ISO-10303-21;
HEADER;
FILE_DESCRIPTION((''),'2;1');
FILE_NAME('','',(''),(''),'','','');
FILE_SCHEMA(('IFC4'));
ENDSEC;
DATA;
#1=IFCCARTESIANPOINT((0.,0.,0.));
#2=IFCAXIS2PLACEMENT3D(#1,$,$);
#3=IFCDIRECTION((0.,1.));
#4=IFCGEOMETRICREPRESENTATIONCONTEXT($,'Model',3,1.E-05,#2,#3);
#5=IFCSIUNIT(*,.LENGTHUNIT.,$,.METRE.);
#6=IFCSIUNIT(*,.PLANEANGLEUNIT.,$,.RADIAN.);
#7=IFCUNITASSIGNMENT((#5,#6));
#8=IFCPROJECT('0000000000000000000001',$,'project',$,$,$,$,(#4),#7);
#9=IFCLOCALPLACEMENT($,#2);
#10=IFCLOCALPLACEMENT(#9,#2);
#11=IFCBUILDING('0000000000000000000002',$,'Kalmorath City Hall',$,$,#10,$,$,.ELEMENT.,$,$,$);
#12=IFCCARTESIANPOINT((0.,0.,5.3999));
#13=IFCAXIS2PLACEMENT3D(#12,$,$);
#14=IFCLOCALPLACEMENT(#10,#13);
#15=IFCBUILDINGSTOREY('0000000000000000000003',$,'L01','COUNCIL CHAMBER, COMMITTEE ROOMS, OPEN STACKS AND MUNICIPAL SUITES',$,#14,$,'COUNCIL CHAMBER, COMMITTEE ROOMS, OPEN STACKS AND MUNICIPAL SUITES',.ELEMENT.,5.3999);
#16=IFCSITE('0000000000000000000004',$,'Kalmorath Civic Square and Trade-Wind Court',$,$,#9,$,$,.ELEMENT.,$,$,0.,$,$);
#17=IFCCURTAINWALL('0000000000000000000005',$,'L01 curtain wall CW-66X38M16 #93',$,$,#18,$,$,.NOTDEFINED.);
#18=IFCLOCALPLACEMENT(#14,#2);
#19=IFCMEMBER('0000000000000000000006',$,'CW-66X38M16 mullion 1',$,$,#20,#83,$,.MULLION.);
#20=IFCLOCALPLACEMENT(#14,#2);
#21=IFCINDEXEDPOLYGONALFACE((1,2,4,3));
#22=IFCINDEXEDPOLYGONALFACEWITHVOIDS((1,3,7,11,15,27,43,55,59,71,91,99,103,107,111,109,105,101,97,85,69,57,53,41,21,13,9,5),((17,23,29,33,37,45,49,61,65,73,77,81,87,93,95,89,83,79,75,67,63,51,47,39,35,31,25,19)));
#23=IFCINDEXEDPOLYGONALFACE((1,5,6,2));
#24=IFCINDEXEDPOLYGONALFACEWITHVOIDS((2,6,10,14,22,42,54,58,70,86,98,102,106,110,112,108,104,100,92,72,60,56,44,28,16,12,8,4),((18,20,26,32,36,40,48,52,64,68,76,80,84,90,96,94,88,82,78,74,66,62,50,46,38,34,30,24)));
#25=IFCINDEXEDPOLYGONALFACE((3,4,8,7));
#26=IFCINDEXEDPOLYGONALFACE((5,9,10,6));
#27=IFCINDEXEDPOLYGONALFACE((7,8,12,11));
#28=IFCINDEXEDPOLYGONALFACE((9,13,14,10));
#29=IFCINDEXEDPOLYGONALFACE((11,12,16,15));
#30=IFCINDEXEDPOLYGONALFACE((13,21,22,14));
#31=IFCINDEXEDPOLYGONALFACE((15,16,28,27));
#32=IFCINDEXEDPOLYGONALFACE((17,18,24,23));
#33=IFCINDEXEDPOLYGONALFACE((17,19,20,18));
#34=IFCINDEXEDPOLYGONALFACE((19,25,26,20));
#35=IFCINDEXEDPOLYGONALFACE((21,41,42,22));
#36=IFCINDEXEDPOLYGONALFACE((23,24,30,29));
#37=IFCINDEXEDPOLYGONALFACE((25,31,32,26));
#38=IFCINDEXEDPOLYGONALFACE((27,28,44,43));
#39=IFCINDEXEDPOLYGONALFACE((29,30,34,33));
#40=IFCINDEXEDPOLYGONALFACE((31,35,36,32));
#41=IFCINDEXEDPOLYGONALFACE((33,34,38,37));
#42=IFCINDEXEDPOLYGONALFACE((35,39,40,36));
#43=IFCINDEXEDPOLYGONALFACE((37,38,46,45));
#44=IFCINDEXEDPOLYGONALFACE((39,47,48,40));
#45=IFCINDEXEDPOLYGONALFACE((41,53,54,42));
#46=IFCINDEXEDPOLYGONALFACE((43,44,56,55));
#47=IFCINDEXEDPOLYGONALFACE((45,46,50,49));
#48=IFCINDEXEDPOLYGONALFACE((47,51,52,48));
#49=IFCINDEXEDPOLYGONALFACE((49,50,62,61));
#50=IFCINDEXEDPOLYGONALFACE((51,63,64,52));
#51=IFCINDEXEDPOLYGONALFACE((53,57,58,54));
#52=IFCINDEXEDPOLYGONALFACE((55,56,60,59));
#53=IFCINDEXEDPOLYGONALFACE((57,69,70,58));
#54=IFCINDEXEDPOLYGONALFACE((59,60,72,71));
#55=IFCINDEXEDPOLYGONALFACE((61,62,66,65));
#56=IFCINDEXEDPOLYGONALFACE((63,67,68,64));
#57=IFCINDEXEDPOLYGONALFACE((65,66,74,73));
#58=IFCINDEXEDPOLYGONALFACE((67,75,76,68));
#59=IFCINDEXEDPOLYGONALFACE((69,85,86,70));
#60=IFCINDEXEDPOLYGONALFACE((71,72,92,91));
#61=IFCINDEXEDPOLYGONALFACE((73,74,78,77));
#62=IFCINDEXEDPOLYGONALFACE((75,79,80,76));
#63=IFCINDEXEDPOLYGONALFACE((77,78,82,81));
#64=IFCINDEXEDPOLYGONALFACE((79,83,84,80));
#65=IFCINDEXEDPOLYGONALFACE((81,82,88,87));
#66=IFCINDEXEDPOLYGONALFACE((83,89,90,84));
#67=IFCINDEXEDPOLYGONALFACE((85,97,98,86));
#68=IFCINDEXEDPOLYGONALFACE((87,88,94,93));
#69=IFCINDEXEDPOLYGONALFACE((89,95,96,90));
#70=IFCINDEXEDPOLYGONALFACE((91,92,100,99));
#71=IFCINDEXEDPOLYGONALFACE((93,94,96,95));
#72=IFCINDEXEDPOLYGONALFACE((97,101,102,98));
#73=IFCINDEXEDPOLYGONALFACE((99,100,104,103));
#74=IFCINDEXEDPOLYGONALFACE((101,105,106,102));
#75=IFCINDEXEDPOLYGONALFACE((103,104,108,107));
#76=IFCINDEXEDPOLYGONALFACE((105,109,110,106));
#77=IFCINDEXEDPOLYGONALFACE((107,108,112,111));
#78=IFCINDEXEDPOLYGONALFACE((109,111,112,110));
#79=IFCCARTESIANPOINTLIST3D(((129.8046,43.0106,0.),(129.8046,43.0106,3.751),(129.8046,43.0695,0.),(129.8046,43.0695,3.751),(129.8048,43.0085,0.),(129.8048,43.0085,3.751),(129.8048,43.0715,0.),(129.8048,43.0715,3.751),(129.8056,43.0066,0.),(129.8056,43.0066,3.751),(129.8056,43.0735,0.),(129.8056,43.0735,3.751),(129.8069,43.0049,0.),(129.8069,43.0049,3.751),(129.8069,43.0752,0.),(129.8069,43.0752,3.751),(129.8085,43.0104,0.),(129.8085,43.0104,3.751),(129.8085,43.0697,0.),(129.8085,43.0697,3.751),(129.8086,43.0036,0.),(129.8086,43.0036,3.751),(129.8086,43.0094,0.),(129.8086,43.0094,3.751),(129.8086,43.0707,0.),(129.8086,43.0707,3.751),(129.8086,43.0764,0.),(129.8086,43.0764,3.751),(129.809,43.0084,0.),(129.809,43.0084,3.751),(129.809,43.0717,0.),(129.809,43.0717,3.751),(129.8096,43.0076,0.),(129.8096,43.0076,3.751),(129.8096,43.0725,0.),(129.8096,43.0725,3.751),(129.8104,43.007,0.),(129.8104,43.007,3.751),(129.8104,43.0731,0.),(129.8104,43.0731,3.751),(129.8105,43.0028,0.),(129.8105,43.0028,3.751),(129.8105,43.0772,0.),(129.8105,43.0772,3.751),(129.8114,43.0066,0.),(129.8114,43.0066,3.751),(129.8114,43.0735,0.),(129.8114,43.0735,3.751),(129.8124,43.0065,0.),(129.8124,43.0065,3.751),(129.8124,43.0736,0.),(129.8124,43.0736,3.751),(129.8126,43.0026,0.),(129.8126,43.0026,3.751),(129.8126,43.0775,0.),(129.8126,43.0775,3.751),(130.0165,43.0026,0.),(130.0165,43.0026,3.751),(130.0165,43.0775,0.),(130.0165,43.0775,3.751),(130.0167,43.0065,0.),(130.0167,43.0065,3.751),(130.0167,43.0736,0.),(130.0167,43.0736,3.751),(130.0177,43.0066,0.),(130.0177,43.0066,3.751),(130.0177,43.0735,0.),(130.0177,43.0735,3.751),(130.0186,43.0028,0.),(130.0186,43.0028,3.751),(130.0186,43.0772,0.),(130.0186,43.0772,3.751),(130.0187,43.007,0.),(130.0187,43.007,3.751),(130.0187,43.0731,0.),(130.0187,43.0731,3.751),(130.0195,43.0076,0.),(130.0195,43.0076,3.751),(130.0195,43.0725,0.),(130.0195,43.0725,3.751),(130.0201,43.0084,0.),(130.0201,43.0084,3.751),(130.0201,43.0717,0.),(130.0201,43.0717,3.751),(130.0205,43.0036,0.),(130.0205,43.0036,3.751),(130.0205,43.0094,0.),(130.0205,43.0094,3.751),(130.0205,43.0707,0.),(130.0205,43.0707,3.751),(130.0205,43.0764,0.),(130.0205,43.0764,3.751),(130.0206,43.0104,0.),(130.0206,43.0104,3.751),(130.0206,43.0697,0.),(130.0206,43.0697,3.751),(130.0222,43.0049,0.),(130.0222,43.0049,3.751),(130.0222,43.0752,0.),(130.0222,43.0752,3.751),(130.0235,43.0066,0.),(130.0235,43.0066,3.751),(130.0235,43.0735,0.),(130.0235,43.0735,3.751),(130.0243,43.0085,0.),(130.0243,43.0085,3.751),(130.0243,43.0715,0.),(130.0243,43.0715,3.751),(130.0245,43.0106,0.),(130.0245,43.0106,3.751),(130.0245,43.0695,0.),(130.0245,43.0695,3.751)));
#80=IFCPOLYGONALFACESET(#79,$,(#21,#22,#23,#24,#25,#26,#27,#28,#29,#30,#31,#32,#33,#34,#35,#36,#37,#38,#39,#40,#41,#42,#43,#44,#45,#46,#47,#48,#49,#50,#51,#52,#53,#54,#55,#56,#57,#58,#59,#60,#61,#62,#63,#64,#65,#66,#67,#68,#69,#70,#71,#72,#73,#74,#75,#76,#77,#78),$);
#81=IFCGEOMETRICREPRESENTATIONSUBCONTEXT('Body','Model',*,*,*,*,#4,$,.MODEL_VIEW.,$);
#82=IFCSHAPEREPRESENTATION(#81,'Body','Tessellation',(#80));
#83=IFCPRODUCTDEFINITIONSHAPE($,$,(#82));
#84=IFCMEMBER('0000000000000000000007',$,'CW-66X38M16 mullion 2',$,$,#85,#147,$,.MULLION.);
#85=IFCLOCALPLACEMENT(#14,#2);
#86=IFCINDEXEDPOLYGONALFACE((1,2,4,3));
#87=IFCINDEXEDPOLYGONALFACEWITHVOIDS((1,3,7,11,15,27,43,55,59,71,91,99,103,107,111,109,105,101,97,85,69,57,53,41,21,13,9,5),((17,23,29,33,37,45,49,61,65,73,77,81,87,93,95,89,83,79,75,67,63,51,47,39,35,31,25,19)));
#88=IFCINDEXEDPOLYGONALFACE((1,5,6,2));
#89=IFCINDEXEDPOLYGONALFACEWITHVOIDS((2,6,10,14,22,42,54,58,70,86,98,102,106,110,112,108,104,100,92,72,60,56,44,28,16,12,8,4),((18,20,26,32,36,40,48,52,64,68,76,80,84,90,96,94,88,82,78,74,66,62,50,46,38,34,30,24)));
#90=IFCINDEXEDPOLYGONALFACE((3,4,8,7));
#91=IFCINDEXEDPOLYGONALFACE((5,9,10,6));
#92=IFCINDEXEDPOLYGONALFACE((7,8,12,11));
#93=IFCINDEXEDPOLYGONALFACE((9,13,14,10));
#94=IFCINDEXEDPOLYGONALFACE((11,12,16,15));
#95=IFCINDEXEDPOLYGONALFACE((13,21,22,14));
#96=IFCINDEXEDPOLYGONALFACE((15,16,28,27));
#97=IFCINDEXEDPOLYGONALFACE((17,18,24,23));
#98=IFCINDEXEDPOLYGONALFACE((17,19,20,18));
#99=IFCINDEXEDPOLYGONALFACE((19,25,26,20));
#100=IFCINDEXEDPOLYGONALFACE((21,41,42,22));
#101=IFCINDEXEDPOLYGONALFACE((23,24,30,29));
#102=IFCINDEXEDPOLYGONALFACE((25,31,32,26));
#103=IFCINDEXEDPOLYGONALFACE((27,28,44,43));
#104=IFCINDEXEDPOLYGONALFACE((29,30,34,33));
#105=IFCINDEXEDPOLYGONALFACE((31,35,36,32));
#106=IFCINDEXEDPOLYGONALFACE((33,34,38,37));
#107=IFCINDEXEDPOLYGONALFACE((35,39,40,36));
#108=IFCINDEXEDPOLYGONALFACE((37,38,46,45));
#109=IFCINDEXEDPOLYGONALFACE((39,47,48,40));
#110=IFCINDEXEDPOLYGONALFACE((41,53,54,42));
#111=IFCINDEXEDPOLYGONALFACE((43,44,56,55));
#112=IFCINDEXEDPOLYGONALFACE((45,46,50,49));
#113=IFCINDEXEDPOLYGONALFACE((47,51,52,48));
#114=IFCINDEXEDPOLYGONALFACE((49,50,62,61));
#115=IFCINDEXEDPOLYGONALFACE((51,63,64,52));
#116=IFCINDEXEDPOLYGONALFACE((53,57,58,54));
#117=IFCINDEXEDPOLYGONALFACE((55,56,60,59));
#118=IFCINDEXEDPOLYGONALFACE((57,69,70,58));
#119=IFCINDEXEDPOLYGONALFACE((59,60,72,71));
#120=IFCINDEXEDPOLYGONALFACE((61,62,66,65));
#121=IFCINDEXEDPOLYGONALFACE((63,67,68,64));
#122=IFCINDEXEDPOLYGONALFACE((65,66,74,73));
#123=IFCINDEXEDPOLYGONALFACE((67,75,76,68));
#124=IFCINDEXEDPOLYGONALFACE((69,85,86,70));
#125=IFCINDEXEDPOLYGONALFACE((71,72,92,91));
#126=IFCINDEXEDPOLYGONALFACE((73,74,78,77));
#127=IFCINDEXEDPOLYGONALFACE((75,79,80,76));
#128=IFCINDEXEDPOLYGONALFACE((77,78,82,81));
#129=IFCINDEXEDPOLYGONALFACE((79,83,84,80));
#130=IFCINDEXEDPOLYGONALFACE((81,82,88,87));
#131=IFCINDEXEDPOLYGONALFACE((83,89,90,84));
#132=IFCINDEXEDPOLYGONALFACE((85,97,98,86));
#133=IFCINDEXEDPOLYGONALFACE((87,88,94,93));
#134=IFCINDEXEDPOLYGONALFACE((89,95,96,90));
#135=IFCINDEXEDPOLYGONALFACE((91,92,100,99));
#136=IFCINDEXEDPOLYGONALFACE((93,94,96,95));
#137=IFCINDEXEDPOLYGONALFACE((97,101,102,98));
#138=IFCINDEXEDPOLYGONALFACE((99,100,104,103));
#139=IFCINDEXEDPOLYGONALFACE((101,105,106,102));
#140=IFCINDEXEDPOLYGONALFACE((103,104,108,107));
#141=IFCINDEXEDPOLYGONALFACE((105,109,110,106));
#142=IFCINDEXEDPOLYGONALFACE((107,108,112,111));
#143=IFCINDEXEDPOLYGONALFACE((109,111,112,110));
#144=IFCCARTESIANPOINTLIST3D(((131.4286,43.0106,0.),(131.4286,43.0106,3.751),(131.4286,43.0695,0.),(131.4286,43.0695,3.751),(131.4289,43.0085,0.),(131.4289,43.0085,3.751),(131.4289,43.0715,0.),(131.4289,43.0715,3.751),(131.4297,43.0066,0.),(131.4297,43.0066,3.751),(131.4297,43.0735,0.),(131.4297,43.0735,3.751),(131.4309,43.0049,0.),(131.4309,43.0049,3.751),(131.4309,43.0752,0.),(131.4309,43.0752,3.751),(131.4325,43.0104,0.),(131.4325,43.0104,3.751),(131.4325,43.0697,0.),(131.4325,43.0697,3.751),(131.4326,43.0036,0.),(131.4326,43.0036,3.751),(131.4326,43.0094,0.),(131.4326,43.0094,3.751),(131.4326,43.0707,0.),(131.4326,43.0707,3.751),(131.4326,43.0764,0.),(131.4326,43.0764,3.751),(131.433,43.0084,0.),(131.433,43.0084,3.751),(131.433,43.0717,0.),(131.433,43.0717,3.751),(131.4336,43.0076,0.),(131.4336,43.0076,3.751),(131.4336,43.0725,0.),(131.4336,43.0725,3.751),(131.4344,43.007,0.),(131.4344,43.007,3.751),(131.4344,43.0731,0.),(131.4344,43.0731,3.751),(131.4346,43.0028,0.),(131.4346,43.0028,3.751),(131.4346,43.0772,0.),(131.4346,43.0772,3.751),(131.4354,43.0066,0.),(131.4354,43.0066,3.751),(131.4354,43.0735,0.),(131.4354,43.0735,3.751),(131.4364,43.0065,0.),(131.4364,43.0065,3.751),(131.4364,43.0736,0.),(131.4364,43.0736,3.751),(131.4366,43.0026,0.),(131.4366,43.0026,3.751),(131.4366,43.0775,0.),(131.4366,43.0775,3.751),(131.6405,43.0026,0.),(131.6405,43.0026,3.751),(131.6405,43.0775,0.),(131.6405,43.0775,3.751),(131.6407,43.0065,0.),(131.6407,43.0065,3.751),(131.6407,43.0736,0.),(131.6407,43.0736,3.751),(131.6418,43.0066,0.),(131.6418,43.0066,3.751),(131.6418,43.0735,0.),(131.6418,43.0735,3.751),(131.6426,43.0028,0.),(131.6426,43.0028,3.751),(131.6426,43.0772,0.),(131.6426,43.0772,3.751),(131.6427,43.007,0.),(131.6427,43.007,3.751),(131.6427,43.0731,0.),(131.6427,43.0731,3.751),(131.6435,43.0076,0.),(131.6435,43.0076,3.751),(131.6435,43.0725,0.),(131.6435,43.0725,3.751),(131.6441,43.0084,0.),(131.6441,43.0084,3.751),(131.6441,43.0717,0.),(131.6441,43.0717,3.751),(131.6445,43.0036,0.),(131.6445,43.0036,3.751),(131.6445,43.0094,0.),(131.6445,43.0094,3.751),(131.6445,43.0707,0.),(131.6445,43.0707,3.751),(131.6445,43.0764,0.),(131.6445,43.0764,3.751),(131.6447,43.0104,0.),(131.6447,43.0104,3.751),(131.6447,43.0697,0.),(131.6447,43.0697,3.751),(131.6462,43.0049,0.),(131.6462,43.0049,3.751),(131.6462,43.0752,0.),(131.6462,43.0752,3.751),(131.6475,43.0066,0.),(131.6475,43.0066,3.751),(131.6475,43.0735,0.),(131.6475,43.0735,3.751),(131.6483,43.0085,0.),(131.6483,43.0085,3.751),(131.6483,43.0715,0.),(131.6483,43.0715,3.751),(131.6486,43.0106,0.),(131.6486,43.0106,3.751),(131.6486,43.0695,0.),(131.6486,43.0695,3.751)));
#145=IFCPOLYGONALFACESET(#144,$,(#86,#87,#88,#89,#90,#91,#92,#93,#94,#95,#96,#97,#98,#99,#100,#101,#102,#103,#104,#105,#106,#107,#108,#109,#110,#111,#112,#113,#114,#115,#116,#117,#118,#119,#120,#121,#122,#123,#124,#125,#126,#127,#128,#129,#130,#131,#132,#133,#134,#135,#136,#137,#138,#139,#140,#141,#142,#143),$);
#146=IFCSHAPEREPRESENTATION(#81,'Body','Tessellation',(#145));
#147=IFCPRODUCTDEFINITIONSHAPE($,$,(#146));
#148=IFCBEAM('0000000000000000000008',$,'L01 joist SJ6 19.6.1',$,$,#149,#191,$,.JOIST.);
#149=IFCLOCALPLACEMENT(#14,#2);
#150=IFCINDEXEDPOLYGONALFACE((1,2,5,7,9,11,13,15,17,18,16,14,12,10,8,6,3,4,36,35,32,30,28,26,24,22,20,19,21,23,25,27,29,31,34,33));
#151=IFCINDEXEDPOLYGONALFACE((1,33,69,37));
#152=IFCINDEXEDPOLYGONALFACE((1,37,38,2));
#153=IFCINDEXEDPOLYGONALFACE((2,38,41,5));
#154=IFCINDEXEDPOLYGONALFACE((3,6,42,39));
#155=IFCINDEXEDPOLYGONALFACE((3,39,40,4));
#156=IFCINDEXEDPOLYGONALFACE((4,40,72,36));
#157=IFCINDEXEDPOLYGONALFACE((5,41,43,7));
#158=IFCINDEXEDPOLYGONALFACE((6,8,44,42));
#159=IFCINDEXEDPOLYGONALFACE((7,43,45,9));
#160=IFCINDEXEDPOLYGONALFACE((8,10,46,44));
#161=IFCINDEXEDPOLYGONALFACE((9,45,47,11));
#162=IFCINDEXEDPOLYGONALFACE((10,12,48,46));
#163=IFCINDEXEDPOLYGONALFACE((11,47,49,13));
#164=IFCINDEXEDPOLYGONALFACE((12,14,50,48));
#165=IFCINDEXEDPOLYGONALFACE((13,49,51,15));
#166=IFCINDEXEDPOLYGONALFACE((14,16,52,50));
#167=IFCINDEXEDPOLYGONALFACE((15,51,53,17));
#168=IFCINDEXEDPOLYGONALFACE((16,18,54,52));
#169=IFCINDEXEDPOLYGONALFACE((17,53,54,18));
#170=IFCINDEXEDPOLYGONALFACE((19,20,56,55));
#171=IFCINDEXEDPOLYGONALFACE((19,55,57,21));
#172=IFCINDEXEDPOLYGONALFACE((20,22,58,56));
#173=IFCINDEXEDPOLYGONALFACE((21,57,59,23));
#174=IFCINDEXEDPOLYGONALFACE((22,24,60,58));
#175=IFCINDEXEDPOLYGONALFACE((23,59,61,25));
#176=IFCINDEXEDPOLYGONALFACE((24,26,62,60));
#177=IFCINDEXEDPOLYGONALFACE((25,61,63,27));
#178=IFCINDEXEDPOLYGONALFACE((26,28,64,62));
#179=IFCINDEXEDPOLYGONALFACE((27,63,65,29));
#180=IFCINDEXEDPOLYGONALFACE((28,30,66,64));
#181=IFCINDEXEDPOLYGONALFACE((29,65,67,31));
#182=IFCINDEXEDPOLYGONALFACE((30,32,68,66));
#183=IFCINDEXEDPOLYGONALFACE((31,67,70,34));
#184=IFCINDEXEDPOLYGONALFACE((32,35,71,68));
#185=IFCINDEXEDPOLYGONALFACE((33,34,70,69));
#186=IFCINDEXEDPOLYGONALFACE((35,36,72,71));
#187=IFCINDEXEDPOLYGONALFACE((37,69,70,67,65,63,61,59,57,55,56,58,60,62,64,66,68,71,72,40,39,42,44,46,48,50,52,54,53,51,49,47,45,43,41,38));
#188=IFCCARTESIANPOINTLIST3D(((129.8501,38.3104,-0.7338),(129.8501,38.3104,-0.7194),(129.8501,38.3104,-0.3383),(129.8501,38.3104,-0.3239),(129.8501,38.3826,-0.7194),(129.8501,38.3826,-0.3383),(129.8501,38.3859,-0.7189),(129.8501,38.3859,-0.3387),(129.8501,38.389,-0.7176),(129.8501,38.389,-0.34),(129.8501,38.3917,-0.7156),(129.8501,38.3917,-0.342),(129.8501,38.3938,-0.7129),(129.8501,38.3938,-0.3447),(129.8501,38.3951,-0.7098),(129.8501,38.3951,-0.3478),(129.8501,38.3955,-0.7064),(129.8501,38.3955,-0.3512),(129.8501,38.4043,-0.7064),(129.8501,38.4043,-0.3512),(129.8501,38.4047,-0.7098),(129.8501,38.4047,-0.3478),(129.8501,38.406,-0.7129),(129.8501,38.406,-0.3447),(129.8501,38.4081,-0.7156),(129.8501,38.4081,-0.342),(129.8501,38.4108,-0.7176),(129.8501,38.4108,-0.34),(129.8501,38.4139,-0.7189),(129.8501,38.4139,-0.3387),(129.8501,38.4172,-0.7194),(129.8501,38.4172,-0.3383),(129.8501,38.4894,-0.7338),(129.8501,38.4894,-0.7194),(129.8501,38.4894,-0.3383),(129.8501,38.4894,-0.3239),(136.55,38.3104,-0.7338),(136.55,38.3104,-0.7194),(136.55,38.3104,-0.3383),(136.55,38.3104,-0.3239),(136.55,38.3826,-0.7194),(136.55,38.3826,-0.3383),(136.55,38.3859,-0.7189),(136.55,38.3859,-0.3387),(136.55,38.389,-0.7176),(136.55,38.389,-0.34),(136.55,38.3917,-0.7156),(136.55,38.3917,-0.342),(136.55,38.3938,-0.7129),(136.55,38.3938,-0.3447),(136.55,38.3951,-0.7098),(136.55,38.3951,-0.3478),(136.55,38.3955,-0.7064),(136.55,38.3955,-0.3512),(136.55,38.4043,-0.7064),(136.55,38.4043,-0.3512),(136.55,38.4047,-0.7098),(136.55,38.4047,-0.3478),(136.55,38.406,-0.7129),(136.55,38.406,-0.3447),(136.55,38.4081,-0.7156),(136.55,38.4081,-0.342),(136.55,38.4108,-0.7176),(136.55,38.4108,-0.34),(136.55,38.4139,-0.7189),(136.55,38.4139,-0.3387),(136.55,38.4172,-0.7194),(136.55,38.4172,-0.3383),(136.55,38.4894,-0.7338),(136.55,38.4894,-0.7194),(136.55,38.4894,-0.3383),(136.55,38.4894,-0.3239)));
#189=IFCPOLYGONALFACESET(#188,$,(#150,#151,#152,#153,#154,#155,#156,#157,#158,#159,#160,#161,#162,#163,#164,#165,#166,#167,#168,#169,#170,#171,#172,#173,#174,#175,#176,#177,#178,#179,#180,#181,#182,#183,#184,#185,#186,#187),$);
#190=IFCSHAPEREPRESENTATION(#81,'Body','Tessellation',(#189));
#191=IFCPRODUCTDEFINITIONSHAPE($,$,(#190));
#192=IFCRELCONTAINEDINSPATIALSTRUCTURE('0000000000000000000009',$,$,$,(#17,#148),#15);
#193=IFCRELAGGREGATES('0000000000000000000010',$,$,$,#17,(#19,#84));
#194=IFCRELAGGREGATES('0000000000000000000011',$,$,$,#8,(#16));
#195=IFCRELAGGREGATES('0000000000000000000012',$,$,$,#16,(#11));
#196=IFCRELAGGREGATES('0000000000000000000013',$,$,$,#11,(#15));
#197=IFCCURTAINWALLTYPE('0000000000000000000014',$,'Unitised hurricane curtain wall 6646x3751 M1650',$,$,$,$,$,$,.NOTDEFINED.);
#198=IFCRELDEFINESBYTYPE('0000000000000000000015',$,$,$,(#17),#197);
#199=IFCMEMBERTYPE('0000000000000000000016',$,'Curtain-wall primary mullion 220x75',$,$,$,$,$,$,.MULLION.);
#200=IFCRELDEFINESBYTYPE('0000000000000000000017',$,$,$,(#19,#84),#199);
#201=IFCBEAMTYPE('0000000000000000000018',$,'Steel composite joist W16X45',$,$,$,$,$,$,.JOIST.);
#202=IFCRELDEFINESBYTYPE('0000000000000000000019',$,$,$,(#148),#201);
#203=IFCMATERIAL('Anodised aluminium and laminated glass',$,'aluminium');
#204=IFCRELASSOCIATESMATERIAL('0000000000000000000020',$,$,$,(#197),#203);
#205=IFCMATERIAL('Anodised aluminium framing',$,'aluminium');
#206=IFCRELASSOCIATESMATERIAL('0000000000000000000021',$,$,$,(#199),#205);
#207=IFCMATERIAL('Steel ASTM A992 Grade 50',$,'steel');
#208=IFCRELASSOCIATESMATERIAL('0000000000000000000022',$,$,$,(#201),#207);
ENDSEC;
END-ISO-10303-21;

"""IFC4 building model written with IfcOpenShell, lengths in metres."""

from ifc_helpers import new_model, si_unit, direction, frame, origin, origin_2d, place, context, subcontext, project, spatial, hollow_rectangle, i_section, extrude, material, material_profile, profile_set, type_object, element, aggregate, save


model = new_model("IFC4")

# Units and contexts
model_context = context("Model", 3, precision=1e-05, world=origin(), true_north=direction((0.0, 1.0)))
body_context = subcontext(model_context, "Body", "Model", "MODEL_VIEW")
ifc_project = project(units=[si_unit("LENGTHUNIT", "METRE"), si_unit("PLANEANGLEUNIT", "RADIAN")], contexts=[model_context])

# Site, building, storey
site_placement = place(None, origin())
site = spatial("IfcSite", under=ifc_project, at=site_placement, Name="Kalmorath Civic Square and Trade-Wind Court", CompositionType="ELEMENT", RefElevation=0.0)
building_placement = place(site_placement, origin())
building = spatial("IfcBuilding", under=site, at=building_placement, Name="Kalmorath City Hall", CompositionType="ELEMENT")
storey_placement = place(building_placement, frame((0.0, 0.0, 5.3999)))
storey = spatial("IfcBuildingStorey", under=building, at=storey_placement, Name="L01", Description="COUNCIL CHAMBER, COMMITTEE ROOMS, OPEN STACKS AND MUNICIPAL SUITES", LongName="COUNCIL CHAMBER, COMMITTEE ROOMS, OPEN STACKS AND MUNICIPAL SUITES", CompositionType="ELEMENT", Elevation=5.3999)

# Curtain wall, members
ifc_material_1 = material(Name="Anodised aluminium and laminated glass", Category="aluminium")
curtain_wall_type = type_object("IfcCurtainWallType", Name="Unitised hurricane curtain wall 6646x3751 M1650", PredefinedType="NOTDEFINED", material=ifc_material_1)
curtain_wall_placement = place(storey_placement, origin())
curtain_wall = element("IfcCurtainWall", 1, at=curtain_wall_placement, inside=storey, type_object=curtain_wall_type, Name="L01 curtain wall CW-66X38M16 #93", PredefinedType="NOTDEFINED")
ifc_material_2 = material(Name="Anodised aluminium framing", Category="aluminium")
ifc_material_profile_1 = material_profile(ifc_material_2, hollow_rectangle(XDim=0.075, YDim=0.22, WallThickness=0.0039, InnerFilletRadius=0.0039, OuterFilletRadius=0.0081, at=origin_2d()), Name="ALU-MUL-220X75X4")
ifc_profile_set_1 = profile_set([ifc_material_profile_1], Name="Anodised aluminium framing")
member_type_1 = type_object("IfcMemberType", Name="Curtain-wall primary mullion 220x75", PredefinedType="MULLION", material=ifc_profile_set_1)
member_1_placement = place(storey_placement, frame((129.9146, 43.04, 0.0), z_axis=(0.0, 0.0, 1.0), x_axis=(0.0, 1.0, 0.0)))
member_1 = element("IfcMember", 2, at=member_1_placement, type_object=member_type_1, Name="CW-66X38M16 mullion 1", PredefinedType="MULLION", context=body_context, shape_type="SweptSolid", body=[
    extrude(hollow_rectangle(XDim=0.075, YDim=0.22, WallThickness=0.0039, InnerFilletRadius=0.0039, OuterFilletRadius=0.0081, at=origin_2d()), origin(), (0.0, 0.0, 1.0), 3.751),
])
member_2_placement = place(storey_placement, frame((131.5386, 43.04, 0.0), z_axis=(0.0, 0.0, 1.0), x_axis=(0.0, 1.0, 0.0)))
member_2 = element("IfcMember", 3, at=member_2_placement, type_object=member_type_1, Name="CW-66X38M16 mullion 2", PredefinedType="MULLION", context=body_context, shape_type="SweptSolid", body=[
    extrude(hollow_rectangle(XDim=0.075, YDim=0.22, WallThickness=0.0039, InnerFilletRadius=0.0039, OuterFilletRadius=0.0081, at=origin_2d()), origin(), (0.0, 0.0, 1.0), 3.751),
])

# Beam
ifc_material_3 = material(Name="Steel ASTM A992 Grade 50", Category="steel")
ifc_material_profile_2 = material_profile(ifc_material_3, i_section(OverallWidth=0.179, OverallDepth=0.4099, WebThickness=0.0088, FlangeThickness=0.0144, FilletRadius=0.0129, at=origin_2d()), Name="W16X45")
ifc_profile_set_2 = profile_set([ifc_material_profile_2], Name="Steel ASTM A992 Grade 50")
beam_type_1 = type_object("IfcBeamType", Name="Steel composite joist W16X45", PredefinedType="JOIST", material=ifc_profile_set_2)
for number, where, z_axis, x_axis, name in (
    (4, (129.8501, 38.3999, -0.5288), (1.0, 0.0, 0.0), (0.0, 1.0, 0.0), "L01 joist SJ6 19.6.1"),
):
    element("IfcBeam", number, at=place(storey_placement, frame(where, z_axis=z_axis, x_axis=x_axis)), inside=storey, type_object=beam_type_1, Name=name, PredefinedType="JOIST", context=body_context, shape_type="SweptSolid", body=[
        extrude(i_section(OverallWidth=0.179, OverallDepth=0.4099, WebThickness=0.0088, FlangeThickness=0.0144, FilletRadius=0.0129, at=origin_2d()), origin(), (0.0, 0.0, 1.0), 6.7),
    ])

aggregate(curtain_wall, [member_1, member_2])

save(model, "model.ifc")
